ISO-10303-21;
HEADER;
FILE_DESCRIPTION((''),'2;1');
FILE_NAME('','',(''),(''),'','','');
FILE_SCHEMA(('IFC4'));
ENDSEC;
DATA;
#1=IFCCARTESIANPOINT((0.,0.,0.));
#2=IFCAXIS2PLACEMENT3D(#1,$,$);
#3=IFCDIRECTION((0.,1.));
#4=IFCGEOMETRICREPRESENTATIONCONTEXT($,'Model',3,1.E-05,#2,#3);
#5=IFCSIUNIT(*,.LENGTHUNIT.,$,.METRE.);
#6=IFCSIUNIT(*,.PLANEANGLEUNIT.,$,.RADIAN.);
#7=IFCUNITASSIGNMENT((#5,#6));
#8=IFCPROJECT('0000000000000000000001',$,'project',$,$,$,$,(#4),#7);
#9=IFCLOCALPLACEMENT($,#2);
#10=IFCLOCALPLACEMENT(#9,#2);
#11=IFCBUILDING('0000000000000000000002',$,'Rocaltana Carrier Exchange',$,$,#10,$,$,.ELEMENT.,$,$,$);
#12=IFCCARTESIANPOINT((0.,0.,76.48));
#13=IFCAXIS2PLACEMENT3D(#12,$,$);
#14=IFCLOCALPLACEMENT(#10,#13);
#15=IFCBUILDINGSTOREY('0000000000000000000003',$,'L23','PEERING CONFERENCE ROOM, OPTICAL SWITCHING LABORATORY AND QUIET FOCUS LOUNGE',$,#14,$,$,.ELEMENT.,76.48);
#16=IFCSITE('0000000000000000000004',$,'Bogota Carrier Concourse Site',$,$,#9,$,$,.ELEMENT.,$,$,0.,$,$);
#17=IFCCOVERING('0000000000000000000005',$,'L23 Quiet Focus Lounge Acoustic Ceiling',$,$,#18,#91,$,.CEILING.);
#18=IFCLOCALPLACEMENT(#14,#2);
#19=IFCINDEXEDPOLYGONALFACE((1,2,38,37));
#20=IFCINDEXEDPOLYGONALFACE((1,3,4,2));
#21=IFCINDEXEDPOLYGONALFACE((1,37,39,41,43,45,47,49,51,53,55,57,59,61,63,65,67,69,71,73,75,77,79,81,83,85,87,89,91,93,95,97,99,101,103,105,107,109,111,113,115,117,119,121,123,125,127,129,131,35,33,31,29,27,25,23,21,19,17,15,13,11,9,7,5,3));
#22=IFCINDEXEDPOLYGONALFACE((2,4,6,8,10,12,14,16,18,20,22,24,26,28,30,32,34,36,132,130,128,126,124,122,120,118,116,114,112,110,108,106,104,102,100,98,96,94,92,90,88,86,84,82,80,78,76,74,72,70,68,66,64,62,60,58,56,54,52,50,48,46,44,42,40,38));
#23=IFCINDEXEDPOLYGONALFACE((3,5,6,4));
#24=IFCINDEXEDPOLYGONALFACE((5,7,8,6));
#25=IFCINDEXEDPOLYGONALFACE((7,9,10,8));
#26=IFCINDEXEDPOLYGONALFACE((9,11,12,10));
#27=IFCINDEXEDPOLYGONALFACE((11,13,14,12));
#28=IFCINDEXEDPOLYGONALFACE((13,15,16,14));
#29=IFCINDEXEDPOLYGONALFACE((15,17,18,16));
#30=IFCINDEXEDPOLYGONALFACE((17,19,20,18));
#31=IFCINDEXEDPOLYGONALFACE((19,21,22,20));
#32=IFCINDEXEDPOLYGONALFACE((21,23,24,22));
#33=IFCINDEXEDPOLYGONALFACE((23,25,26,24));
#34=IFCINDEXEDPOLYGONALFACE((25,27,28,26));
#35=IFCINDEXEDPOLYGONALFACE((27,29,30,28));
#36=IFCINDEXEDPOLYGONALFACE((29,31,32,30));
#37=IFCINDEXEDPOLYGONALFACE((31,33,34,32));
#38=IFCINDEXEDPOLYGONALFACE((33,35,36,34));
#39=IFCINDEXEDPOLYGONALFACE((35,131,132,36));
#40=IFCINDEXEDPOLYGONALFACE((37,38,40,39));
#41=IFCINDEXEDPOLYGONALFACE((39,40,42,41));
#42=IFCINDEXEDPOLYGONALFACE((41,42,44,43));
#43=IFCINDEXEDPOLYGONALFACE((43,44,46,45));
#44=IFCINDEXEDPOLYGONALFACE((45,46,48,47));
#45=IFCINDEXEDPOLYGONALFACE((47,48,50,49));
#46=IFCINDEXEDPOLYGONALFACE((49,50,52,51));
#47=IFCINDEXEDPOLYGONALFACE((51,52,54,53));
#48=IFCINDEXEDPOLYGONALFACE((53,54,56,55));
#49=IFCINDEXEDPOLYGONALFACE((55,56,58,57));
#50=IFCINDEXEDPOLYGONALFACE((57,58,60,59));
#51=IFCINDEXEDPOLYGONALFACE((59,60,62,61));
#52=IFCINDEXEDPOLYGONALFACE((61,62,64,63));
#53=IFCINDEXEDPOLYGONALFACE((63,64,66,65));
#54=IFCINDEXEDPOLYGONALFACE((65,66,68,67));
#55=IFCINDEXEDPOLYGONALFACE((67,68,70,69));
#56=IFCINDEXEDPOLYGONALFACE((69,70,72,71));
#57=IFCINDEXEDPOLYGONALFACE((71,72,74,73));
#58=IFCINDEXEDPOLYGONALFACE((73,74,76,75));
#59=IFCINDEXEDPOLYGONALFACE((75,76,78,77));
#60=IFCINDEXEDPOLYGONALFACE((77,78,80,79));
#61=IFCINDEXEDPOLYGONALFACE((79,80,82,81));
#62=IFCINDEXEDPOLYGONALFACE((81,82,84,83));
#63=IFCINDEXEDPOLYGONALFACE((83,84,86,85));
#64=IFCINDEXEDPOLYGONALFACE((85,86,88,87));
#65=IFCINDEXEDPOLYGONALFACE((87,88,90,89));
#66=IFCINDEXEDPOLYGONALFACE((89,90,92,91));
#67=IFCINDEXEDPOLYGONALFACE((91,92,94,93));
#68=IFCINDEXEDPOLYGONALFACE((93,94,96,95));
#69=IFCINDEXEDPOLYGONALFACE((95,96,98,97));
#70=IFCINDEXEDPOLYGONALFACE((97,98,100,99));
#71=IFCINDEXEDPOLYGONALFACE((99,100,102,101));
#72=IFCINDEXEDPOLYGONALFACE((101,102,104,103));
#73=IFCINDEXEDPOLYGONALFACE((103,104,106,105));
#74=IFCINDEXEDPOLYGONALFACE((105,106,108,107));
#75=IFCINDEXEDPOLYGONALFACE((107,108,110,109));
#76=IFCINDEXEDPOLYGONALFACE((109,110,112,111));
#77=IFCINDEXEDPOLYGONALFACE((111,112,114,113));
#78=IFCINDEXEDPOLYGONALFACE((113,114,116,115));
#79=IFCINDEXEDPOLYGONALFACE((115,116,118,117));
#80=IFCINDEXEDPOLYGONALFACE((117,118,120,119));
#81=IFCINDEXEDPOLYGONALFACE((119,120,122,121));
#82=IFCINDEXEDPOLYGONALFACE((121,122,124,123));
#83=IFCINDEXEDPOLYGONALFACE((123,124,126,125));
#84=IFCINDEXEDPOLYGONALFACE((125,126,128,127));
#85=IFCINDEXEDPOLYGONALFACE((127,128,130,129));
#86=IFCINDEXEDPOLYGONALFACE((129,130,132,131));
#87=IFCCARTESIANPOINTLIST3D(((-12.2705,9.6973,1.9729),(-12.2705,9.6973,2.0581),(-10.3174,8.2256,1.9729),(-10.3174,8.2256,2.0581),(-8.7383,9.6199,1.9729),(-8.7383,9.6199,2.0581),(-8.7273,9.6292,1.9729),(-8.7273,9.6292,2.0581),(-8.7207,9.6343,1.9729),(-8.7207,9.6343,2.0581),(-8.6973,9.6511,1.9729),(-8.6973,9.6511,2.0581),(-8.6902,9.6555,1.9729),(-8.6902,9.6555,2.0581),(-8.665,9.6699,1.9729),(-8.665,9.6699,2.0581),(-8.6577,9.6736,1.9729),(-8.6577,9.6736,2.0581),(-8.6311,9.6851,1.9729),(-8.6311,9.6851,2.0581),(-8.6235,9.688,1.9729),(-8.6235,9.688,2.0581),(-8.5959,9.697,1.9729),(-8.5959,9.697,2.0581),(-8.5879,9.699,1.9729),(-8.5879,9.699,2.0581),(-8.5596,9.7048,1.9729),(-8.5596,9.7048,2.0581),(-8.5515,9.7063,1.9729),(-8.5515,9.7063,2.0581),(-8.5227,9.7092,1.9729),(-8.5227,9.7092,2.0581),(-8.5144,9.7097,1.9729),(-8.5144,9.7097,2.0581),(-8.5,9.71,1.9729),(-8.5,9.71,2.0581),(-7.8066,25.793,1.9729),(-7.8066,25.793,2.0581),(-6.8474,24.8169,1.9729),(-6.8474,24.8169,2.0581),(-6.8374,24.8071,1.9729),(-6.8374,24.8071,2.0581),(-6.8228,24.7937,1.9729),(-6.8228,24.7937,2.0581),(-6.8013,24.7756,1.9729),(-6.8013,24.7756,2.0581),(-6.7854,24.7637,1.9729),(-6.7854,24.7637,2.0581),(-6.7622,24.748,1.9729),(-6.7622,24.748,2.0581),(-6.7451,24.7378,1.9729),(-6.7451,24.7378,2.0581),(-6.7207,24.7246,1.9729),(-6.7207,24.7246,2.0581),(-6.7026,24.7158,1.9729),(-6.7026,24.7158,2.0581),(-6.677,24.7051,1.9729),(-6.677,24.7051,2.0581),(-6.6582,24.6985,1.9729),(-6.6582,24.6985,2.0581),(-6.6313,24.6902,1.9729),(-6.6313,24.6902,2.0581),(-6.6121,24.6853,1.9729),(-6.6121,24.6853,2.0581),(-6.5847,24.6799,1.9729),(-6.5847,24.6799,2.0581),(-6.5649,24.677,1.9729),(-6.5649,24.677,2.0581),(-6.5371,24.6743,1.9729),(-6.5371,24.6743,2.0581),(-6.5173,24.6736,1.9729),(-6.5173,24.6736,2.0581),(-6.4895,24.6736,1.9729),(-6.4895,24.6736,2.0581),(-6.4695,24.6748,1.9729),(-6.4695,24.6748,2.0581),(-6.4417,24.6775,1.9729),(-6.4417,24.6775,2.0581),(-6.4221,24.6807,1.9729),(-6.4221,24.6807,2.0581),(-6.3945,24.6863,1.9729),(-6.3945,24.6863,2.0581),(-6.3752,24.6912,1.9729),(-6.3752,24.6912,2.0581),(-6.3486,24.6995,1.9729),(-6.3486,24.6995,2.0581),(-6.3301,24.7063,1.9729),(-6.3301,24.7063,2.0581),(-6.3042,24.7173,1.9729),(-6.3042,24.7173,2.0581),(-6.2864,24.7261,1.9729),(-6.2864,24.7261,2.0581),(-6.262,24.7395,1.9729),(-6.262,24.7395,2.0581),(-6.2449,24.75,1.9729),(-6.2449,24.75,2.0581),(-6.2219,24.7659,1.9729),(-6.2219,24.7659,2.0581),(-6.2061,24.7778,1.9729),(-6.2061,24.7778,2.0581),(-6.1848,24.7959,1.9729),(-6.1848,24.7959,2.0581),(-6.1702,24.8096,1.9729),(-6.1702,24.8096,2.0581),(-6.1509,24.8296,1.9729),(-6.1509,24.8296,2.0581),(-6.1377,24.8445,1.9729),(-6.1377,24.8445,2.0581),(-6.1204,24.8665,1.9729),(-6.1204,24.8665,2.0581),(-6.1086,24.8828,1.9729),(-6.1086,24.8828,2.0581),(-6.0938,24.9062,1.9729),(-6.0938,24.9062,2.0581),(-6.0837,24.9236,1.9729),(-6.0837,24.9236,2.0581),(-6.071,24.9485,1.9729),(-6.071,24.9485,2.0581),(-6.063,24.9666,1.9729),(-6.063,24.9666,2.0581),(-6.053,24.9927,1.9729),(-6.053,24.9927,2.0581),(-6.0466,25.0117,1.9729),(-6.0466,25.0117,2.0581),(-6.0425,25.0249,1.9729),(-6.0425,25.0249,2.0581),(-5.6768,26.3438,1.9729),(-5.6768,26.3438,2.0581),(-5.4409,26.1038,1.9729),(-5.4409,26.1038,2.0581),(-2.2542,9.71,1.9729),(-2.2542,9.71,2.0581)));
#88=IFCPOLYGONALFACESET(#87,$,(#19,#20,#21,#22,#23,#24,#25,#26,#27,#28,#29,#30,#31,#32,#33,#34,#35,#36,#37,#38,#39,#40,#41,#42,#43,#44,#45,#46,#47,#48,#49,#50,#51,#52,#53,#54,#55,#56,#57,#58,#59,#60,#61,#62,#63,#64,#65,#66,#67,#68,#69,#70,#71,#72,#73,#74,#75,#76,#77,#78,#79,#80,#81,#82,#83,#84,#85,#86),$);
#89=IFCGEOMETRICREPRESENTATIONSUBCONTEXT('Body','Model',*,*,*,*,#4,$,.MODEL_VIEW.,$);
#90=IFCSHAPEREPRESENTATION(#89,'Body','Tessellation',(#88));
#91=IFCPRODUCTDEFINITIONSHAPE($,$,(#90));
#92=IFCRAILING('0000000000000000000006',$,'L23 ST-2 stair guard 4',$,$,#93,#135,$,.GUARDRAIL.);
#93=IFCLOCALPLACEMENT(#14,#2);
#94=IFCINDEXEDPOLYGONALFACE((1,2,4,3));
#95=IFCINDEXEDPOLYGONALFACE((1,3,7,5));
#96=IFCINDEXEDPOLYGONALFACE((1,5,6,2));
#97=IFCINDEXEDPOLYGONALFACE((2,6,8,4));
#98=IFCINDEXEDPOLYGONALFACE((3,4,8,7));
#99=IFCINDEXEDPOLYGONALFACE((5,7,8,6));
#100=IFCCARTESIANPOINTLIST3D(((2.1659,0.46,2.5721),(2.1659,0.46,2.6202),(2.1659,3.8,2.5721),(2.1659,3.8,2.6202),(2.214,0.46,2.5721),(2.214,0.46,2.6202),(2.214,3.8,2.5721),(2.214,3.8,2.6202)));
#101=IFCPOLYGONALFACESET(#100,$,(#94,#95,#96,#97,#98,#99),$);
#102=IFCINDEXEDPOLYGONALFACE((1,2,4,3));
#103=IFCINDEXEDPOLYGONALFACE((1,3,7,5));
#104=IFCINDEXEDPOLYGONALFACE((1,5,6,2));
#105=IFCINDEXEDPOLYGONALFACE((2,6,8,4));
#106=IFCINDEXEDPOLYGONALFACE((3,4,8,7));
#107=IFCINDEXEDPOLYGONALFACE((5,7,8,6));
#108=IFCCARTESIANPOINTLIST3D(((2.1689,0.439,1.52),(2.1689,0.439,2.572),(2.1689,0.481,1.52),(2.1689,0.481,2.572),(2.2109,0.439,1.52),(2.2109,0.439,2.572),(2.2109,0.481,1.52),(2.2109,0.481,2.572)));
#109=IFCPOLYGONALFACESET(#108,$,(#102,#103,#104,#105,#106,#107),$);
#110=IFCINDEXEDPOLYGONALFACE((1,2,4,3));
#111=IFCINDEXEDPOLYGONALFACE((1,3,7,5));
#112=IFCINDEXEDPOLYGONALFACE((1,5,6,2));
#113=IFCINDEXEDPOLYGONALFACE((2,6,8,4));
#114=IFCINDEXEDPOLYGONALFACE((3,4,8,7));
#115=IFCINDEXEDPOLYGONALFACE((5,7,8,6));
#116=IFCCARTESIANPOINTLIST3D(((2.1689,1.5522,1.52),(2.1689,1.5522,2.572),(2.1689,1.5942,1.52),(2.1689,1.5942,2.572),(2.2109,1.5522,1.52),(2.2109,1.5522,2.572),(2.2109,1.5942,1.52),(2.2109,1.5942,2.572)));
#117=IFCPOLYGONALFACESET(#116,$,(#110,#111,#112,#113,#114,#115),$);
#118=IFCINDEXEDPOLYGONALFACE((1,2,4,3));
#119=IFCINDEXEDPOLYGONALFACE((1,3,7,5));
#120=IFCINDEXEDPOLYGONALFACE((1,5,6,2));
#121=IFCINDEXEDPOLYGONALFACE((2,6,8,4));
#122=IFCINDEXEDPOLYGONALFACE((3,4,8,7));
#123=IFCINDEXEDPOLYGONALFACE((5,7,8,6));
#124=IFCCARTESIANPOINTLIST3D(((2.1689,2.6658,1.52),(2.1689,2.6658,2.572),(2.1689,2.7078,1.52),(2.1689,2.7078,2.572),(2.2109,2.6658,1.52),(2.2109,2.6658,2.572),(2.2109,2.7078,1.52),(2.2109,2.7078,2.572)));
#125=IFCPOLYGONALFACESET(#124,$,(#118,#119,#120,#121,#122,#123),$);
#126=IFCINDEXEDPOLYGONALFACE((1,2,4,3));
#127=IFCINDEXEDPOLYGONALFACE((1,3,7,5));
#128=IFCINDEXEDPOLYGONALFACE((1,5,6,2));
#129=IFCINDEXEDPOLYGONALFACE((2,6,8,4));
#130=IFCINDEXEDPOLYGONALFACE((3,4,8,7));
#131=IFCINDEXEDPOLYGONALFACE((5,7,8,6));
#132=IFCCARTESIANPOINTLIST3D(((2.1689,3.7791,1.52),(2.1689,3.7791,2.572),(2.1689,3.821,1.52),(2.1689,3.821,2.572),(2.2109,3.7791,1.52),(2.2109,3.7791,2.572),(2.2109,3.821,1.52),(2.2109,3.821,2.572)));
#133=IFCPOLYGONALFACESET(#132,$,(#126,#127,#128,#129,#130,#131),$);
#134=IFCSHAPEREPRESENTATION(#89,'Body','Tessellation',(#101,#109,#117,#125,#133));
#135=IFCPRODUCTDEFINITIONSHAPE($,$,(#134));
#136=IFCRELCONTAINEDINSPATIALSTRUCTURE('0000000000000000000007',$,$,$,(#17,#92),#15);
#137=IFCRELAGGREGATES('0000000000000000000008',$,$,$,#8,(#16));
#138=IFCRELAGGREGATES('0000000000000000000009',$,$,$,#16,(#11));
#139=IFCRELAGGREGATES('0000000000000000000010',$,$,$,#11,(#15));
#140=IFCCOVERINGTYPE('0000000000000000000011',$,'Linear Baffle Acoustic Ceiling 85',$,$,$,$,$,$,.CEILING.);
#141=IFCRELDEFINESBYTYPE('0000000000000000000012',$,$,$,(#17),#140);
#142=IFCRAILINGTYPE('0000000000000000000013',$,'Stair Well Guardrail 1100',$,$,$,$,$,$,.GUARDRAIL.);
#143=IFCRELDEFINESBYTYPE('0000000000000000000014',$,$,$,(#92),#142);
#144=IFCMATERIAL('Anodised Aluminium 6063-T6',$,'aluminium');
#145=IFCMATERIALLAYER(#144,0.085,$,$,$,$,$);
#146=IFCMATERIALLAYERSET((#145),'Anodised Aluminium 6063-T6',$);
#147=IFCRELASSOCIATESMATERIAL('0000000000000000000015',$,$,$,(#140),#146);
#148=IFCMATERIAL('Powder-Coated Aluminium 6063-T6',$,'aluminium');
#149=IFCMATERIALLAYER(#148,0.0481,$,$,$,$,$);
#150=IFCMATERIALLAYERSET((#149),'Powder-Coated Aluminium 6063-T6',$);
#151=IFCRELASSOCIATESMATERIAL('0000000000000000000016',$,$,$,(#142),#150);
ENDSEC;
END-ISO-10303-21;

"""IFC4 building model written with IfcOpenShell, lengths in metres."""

from ifc_helpers import new_model, si_unit, direction, frame, origin, origin_2d, place, context, subcontext, project, spatial, polyline, rectangle, outline, extrude, material, layer, layer_set, type_object, element, save


model = new_model("IFC4")

# Units and contexts
model_context = context("Model", 3, precision=1e-05, world=origin(), true_north=direction((0.0, 1.0)))
body_context = subcontext(model_context, "Body", "Model", "MODEL_VIEW")
ifc_project = project(units=[si_unit("LENGTHUNIT", "METRE"), si_unit("PLANEANGLEUNIT", "RADIAN")], contexts=[model_context])

# Site, building, storey
site_placement = place(None, origin())
site = spatial("IfcSite", under=ifc_project, at=site_placement, Name="Bogota Carrier Concourse Site", CompositionType="ELEMENT", RefElevation=0.0)
building_placement = place(site_placement, origin())
building = spatial("IfcBuilding", under=site, at=building_placement, Name="Rocaltana Carrier Exchange", CompositionType="ELEMENT")
storey_placement = place(building_placement, frame((0.0, 0.0, 76.48)))
storey = spatial("IfcBuildingStorey", under=building, at=storey_placement, Name="L23", Description="PEERING CONFERENCE ROOM, OPTICAL SWITCHING LABORATORY AND QUIET FOCUS LOUNGE", CompositionType="ELEMENT", Elevation=76.48)

# Covering
ifc_material_1 = material(Name="Anodised Aluminium 6063-T6", Category="aluminium")
ifc_layer_1 = layer(ifc_material_1, 0.085)
ifc_layer_set_1 = layer_set([ifc_layer_1], Name="Anodised Aluminium 6063-T6")
covering_type_1 = type_object("IfcCoveringType", Name="Linear Baffle Acoustic Ceiling 85", PredefinedType="CEILING", material=ifc_layer_set_1)
covering_1_placement = place(storey_placement, frame((0.0, 0.0, 1.9729)))
element("IfcCovering", 1, at=covering_1_placement, inside=storey, type_object=covering_type_1, Name="L23 Quiet Focus Lounge Acoustic Ceiling", PredefinedType="CEILING", context=body_context, shape_type="SweptSolid", body=[
    extrude(outline(polyline([(-7.8066, 25.793), (-6.8474, 24.8169), (-6.8374, 24.8071), (-6.8228, 24.7937), (-6.8013, 24.7756), (-6.7854, 24.7637), (-6.7622, 24.748), (-6.7451, 24.7378), (-6.7207, 24.7246), (-6.7026, 24.7158), (-6.677, 24.7051), (-6.6582, 24.6985), (-6.6313, 24.6902), (-6.6121, 24.6853), (-6.5847, 24.6799), (-6.5649, 24.677), (-6.5371, 24.6743), (-6.5173, 24.6736), (-6.4895, 24.6736), (-6.4695, 24.6748), (-6.4417, 24.6775), (-6.4221, 24.6807), (-6.3945, 24.6863), (-6.3752, 24.6912), (-6.3486, 24.6995), (-6.3301, 24.7063), (-6.3042, 24.7173), (-6.2864, 24.7261), (-6.262, 24.7395), (-6.2449, 24.75), (-6.2219, 24.7659), (-6.2061, 24.7778), (-6.1848, 24.7959), (-6.1702, 24.8096), (-6.1509, 24.8296), (-6.1377, 24.8445), (-6.1204, 24.8665), (-6.1086, 24.8828), (-6.0938, 24.9062), (-6.0837, 24.9236), (-6.071, 24.9485), (-6.063, 24.9666), (-6.053, 24.9927), (-6.0466, 25.0117), (-6.0425, 25.0249), (-5.6768, 26.3438), (-5.4409, 26.1038), (-2.2542, 9.71), (-8.5, 9.71), (-8.5144, 9.7097), (-8.5227, 9.7092), (-8.5515, 9.7063), (-8.5596, 9.7048), (-8.5879, 9.699), (-8.5959, 9.697), (-8.6235, 9.688), (-8.6311, 9.6851), (-8.6577, 9.6736), (-8.665, 9.6699), (-8.6902, 9.6555), (-8.6973, 9.6511), (-8.7207, 9.6343), (-8.7273, 9.6292), (-8.7383, 9.6199), (-10.3174, 8.2256), (-12.2705, 9.6973), (-7.8066, 25.793)])), origin(), (0.0, 0.0, 1.0), 0.0852),
])

# Railing
ifc_material_2 = material(Name="Powder-Coated Aluminium 6063-T6", Category="aluminium")
ifc_layer_2 = layer(ifc_material_2, 0.0481)
ifc_layer_set_2 = layer_set([ifc_layer_2], Name="Powder-Coated Aluminium 6063-T6")
railing_type = type_object("IfcRailingType", Name="Stair Well Guardrail 1100", PredefinedType="GUARDRAIL", material=ifc_layer_set_2)
railing_placement = place(storey_placement, frame((2.1899, 0.46, 1.52)))
element("IfcRailing", 2, at=railing_placement, inside=storey, type_object=railing_type, Name="L23 ST-2 stair guard 4", PredefinedType="GUARDRAIL", context=body_context, shape_type="SweptSolid", body=[
    extrude(rectangle(XDim=0.0481, YDim=0.0481, at=origin_2d()), frame((0.0, 0.0, 1.0762), z_axis=(0.0, 1.0, 0.0), x_axis=(-1.0, 0.0, 0.0)), (0.0, 0.0, 1.0), 3.3401),
    extrude(rectangle(XDim=0.042, YDim=0.042, at=origin_2d()), origin(), (0.0, 0.0, 1.0), 1.052),
    extrude(rectangle(XDim=0.042, YDim=0.042, at=origin_2d()), frame((0.0, 1.1133, 0.0)), (0.0, 0.0, 1.0), 1.052),
    extrude(rectangle(XDim=0.042, YDim=0.042, at=origin_2d()), frame((0.0, 2.2268, 0.0)), (0.0, 0.0, 1.0), 1.052),
    extrude(rectangle(XDim=0.042, YDim=0.042, at=origin_2d()), frame((0.0, 3.3401, 0.0)), (0.0, 0.0, 1.0), 1.052),
])

save(model, "model.ifc")
